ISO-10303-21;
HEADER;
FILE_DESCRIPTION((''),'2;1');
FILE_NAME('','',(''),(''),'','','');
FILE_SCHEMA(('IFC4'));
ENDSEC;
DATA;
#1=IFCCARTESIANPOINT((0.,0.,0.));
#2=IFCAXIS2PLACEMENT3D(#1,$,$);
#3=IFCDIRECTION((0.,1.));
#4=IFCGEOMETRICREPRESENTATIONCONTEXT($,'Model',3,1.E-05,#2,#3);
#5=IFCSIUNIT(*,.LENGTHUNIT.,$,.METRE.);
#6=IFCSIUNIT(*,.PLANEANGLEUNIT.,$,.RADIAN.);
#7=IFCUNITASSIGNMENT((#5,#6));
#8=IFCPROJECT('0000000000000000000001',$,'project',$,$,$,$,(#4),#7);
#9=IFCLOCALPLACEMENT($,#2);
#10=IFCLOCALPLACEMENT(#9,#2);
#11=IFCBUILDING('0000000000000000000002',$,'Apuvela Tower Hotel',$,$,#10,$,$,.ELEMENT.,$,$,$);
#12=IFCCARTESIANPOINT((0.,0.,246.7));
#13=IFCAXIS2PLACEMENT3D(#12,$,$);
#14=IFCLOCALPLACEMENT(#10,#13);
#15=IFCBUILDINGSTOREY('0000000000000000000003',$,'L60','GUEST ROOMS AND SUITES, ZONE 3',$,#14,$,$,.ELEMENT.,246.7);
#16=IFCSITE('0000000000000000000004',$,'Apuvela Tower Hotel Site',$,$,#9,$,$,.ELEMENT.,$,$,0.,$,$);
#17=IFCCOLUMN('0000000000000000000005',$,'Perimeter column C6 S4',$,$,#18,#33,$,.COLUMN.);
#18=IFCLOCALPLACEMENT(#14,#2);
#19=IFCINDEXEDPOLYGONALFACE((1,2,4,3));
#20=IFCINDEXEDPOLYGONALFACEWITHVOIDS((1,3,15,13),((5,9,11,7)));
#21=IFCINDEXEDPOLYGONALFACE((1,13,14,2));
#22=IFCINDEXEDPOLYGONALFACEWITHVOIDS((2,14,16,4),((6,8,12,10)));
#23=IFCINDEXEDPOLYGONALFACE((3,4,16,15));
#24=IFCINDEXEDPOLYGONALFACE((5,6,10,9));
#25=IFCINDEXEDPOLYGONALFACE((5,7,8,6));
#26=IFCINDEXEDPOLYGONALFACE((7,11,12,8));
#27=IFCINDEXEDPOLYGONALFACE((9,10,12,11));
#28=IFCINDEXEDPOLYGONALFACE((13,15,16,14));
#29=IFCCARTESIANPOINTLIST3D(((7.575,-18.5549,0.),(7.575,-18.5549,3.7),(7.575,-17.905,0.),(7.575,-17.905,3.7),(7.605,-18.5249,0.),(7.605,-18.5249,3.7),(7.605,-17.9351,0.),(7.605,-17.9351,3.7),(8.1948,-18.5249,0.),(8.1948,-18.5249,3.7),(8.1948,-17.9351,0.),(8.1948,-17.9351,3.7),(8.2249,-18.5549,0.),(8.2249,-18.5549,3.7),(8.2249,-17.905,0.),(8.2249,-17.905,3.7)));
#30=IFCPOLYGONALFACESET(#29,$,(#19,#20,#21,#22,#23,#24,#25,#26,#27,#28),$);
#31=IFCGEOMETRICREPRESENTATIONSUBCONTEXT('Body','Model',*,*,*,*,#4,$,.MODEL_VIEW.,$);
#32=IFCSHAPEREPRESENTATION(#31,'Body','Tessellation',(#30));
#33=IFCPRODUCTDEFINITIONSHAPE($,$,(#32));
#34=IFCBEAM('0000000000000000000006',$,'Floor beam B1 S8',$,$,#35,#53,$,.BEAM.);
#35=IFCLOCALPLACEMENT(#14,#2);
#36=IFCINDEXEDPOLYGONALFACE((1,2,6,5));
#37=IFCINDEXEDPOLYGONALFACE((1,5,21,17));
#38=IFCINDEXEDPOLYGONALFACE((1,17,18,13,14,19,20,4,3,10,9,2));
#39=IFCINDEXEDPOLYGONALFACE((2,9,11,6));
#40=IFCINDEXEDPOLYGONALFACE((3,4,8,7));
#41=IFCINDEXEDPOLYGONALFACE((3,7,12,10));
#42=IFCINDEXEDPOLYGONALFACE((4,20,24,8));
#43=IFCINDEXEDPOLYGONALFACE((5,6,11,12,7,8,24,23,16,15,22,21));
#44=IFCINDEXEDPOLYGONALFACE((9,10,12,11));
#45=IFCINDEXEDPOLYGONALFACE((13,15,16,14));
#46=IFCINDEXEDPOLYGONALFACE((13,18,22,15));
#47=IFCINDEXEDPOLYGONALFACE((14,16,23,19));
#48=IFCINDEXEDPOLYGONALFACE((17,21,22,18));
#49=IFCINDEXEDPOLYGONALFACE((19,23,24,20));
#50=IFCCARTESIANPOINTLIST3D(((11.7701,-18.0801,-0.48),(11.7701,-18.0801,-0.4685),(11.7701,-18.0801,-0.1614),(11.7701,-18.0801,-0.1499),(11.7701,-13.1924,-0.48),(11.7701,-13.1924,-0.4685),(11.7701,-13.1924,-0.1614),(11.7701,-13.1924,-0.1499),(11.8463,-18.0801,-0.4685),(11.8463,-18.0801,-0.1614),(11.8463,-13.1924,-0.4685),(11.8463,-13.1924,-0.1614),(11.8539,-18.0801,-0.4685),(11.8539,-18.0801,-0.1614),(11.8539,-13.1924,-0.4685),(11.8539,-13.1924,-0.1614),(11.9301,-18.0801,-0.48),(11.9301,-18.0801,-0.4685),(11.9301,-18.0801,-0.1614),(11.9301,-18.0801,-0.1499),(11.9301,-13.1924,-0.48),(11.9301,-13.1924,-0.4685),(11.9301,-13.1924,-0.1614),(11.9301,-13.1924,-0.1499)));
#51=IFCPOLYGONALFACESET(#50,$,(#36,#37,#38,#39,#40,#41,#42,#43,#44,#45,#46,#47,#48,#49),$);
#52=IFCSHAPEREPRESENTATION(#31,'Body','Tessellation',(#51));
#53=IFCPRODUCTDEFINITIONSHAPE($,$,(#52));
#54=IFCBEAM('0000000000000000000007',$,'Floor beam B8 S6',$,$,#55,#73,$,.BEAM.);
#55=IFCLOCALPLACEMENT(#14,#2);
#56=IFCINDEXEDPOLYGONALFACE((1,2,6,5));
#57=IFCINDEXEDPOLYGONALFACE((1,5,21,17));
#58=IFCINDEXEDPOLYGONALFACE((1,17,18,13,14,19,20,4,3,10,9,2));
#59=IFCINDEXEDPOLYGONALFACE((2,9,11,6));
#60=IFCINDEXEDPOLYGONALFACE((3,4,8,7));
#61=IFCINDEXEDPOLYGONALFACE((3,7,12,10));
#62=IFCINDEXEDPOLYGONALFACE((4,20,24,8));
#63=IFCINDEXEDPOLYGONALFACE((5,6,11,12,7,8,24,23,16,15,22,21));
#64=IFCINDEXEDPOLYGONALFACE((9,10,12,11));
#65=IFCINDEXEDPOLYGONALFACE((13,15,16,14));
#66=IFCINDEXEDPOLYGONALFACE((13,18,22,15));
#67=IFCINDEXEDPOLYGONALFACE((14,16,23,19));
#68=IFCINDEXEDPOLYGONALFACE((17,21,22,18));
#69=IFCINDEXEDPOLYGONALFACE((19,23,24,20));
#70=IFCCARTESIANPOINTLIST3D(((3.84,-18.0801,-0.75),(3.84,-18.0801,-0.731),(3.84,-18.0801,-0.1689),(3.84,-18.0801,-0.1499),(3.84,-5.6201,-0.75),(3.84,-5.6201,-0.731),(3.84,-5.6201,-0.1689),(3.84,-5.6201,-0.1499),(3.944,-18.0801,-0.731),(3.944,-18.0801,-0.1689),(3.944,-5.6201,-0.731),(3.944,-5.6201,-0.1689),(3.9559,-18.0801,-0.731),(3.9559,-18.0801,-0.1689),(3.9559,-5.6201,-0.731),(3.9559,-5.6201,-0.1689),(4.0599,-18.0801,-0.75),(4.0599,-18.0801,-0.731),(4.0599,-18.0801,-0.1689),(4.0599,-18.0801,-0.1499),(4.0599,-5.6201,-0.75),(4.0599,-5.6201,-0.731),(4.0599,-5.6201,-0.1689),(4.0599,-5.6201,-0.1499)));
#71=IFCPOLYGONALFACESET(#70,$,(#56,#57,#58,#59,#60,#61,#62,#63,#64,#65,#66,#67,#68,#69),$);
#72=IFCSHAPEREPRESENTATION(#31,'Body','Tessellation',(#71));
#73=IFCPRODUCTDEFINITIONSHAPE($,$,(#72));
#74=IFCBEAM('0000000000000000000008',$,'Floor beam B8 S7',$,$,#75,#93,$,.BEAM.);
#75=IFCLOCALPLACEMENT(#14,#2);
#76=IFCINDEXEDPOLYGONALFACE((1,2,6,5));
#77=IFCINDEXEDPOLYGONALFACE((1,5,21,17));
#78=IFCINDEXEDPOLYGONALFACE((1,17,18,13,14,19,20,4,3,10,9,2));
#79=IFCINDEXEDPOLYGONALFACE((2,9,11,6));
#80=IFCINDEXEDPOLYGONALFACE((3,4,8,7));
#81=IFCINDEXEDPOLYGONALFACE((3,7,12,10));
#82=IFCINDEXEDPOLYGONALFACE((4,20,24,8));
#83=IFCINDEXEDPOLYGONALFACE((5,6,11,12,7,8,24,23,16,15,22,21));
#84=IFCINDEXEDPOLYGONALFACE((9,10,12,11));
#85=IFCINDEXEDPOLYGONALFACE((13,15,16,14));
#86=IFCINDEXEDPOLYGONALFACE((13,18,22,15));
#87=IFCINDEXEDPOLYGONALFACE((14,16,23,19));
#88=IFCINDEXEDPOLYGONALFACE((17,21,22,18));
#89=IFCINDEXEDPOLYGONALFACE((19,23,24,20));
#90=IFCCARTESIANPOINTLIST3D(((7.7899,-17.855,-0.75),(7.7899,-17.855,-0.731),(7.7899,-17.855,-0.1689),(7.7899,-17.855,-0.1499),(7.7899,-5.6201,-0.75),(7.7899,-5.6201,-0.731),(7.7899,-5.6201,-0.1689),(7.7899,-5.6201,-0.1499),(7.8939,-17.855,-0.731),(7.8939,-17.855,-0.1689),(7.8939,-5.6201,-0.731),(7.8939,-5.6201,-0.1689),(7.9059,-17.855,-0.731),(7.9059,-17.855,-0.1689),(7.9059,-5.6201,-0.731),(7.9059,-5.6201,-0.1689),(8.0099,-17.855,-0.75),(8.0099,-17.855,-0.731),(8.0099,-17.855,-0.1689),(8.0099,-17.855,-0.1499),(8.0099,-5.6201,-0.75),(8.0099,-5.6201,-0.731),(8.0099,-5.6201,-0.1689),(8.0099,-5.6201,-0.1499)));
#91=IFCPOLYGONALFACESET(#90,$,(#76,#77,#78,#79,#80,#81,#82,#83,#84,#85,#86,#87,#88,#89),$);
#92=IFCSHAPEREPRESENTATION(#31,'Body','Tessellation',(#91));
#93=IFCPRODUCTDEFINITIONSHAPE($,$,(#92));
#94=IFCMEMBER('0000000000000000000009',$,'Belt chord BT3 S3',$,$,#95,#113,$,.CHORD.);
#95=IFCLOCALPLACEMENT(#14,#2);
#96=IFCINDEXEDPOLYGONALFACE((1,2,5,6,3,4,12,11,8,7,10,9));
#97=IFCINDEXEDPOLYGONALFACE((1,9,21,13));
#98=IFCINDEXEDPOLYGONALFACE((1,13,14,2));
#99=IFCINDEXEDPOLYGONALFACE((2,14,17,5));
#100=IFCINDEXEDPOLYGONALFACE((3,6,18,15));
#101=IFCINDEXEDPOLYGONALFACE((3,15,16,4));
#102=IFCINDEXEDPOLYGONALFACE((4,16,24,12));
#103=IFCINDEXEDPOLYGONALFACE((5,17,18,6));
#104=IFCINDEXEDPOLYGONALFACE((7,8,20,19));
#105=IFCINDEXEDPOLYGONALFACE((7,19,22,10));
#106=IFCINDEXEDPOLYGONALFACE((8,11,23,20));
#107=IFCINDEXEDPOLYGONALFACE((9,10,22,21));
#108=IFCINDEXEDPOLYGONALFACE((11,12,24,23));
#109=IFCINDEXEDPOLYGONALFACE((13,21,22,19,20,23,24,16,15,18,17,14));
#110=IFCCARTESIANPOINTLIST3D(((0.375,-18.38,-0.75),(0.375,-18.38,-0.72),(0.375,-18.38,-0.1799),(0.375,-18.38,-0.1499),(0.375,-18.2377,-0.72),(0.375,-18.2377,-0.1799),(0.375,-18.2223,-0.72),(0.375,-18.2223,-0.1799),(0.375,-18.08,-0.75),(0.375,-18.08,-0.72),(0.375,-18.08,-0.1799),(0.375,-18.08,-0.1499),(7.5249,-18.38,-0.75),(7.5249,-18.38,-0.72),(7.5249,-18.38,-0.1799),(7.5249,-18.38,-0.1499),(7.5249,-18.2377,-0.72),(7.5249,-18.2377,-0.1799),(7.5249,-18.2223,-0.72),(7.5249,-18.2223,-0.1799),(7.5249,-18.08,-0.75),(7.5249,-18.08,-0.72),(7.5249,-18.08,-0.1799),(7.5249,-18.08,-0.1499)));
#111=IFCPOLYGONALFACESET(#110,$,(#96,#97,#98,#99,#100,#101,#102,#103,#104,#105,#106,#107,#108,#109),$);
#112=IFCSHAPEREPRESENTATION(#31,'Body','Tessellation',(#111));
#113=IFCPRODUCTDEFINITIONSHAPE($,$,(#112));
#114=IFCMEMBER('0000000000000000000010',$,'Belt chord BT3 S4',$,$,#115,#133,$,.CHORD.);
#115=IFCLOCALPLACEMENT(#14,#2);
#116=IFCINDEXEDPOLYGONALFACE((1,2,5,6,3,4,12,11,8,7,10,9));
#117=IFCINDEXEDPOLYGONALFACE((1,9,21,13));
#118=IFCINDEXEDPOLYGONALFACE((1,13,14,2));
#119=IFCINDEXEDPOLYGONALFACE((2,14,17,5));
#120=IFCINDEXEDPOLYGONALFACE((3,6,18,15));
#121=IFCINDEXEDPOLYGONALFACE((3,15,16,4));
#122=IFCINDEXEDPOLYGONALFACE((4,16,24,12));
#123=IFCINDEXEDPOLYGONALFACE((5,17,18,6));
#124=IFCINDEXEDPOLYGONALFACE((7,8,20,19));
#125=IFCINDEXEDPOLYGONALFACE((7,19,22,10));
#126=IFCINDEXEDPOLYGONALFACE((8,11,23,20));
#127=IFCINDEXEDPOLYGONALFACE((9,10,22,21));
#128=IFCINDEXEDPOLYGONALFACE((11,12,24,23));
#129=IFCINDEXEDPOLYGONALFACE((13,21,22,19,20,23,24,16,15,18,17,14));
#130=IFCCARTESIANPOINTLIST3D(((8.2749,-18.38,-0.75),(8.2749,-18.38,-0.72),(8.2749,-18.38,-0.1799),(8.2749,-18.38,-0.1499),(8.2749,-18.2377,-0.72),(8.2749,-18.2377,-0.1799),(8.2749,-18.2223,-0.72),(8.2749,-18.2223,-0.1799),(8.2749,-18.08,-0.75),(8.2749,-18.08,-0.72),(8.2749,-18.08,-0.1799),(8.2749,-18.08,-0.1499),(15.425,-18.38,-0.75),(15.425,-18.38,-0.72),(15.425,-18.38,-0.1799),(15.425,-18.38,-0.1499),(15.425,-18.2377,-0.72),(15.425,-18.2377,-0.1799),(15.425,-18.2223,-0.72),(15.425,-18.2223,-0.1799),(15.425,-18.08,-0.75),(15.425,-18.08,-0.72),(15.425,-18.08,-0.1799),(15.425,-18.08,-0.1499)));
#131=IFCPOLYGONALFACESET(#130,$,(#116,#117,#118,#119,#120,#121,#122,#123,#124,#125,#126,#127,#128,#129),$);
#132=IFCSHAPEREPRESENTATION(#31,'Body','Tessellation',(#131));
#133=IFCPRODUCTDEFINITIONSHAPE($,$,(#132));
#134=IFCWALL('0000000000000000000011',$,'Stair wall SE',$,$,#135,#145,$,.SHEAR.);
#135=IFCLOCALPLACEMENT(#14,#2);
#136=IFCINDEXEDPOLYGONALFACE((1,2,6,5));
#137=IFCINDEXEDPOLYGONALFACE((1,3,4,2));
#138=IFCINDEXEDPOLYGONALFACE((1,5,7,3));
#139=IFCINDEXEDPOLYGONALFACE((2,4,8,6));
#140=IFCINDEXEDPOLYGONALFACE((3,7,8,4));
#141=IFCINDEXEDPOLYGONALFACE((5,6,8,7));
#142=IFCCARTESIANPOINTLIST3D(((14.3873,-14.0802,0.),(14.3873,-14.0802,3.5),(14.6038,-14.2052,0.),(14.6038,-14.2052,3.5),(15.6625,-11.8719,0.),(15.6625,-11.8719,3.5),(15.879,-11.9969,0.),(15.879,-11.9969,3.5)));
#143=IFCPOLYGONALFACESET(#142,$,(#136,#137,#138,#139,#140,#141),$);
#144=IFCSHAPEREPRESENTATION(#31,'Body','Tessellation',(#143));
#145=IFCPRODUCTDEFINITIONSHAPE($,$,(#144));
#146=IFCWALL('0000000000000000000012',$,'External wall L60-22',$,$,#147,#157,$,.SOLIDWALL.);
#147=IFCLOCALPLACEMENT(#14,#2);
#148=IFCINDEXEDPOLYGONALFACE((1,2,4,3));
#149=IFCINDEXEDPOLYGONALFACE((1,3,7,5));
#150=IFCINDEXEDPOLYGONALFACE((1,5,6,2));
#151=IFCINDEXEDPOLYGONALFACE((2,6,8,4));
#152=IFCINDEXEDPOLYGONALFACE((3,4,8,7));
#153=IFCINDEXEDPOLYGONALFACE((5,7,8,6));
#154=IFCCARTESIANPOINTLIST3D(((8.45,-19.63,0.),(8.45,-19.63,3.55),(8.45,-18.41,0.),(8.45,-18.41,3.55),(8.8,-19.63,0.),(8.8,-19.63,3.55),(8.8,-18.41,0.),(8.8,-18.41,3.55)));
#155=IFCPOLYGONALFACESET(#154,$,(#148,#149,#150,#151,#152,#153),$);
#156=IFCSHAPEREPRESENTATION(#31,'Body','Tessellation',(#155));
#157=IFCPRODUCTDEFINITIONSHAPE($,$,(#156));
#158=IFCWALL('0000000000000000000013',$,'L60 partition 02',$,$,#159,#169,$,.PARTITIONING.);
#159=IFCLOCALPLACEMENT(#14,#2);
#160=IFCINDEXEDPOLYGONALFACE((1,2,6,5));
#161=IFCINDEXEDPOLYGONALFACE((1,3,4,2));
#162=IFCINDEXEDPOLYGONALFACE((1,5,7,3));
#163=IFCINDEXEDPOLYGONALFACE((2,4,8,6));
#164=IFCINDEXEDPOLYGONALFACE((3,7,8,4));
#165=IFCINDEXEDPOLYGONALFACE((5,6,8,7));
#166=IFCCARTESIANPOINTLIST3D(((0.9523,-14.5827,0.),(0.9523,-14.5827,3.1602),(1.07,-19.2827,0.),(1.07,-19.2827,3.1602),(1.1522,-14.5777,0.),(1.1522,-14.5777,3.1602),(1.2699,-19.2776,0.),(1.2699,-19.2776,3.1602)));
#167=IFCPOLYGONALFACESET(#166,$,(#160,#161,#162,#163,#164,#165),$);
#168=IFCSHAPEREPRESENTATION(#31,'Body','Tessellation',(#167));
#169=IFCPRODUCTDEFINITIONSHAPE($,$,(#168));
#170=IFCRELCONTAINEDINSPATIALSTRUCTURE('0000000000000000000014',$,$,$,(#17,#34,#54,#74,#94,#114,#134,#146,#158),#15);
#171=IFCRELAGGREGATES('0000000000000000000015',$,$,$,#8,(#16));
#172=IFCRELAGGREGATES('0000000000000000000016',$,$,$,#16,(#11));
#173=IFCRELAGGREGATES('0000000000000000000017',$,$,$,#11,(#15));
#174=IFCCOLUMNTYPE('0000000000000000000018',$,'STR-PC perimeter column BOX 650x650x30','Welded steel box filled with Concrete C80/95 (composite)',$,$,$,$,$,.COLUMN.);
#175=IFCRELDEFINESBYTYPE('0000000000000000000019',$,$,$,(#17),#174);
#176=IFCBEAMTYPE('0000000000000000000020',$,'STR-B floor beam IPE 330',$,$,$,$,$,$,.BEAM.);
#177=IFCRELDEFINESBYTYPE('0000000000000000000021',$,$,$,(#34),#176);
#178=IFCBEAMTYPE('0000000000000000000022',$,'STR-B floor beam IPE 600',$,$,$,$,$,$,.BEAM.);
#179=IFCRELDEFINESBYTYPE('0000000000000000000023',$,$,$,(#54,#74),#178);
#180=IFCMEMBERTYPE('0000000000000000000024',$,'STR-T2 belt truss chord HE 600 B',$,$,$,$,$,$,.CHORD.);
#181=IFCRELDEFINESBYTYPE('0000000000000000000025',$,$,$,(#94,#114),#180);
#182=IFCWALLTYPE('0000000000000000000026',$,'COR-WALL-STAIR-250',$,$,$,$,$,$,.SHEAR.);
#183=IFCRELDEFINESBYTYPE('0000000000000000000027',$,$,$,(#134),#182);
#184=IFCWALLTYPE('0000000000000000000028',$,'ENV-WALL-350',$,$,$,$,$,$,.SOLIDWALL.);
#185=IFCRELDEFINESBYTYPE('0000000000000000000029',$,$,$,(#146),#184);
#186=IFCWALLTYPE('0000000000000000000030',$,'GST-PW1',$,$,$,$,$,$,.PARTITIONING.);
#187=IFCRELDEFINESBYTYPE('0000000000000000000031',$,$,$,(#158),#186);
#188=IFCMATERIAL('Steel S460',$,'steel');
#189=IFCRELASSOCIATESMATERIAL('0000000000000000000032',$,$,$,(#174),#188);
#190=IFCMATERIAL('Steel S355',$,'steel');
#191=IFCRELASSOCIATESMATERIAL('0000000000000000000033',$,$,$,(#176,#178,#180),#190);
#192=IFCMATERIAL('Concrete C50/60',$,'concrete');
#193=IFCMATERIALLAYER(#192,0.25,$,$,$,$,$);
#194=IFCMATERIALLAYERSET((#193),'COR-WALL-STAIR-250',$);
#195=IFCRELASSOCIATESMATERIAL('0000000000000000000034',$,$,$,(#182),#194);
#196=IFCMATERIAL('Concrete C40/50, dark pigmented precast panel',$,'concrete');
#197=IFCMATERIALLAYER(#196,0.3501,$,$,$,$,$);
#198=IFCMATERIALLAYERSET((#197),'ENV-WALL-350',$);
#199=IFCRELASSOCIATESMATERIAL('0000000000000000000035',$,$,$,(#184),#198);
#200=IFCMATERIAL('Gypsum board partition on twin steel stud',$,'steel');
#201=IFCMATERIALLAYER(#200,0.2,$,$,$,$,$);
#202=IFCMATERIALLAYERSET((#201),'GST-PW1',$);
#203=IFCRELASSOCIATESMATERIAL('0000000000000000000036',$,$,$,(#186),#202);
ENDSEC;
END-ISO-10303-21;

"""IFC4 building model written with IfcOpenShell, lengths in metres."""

from ifc_helpers import new_model, si_unit, direction, frame, frame_2d, origin, origin_2d, place, context, subcontext, project, spatial, rectangle, hollow_rectangle, i_section, extrude, material, layer, layer_set, material_profile, profile_set, type_object, element, save


model = new_model("IFC4")

# Units and contexts
model_context = context("Model", 3, precision=1e-05, world=origin(), true_north=direction((0.0, 1.0)))
body_context = subcontext(model_context, "Body", "Model", "MODEL_VIEW")
ifc_project = project(units=[si_unit("LENGTHUNIT", "METRE"), si_unit("PLANEANGLEUNIT", "RADIAN")], contexts=[model_context])

# Site, building, storey
site_placement = place(None, origin())
site = spatial("IfcSite", under=ifc_project, at=site_placement, Name="Apuvela Tower Hotel Site", CompositionType="ELEMENT", RefElevation=0.0)
building_placement = place(site_placement, origin())
building = spatial("IfcBuilding", under=site, at=building_placement, Name="Apuvela Tower Hotel", CompositionType="ELEMENT")
storey_placement = place(building_placement, frame((0.0, 0.0, 246.7)))
storey = spatial("IfcBuildingStorey", under=building, at=storey_placement, Name="L60", Description="GUEST ROOMS AND SUITES, ZONE 3", CompositionType="ELEMENT", Elevation=246.7)

# Column
ifc_material_1 = material(Name="Steel S460", Category="steel")
ifc_material_profile_1 = material_profile(ifc_material_1, hollow_rectangle(XDim=0.6499, YDim=0.6499, WallThickness=0.03, at=origin_2d()), Name="BOX 650x650x30")
ifc_material_2 = material(Name="Concrete C80/95", Category="concrete")
ifc_material_profile_2 = material_profile(ifc_material_2, rectangle(XDim=0.5901, YDim=0.5901, at=origin_2d()), Name="Concrete C80/95 infill")
ifc_profile_set_1 = profile_set([ifc_material_profile_1, ifc_material_profile_2], Name="Steel S460")
column_type = type_object("IfcColumnType", Name="STR-PC perimeter column BOX 650x650x30", Description="Welded steel box filled with Concrete C80/95 (composite)", PredefinedType="COLUMN", material=ifc_profile_set_1)
column_placement = place(storey_placement, frame((7.8999, -18.23, 0.0), z_axis=(0.0, 0.0, 1.0), x_axis=(-1.0, 0.0, 0.0)))
element("IfcColumn", 1, at=column_placement, inside=storey, type_object=column_type, Name="Perimeter column C6 S4", PredefinedType="COLUMN", context=body_context, shape_type="SweptSolid", body=[
    extrude(hollow_rectangle(XDim=0.6499, YDim=0.6499, WallThickness=0.03, at=origin_2d()), origin(), (0.0, 0.0, 1.0), 3.7),
])

# Beams
ifc_material_3 = material(Name="Steel S355", Category="steel")
ifc_material_profile_3 = material_profile(ifc_material_3, i_section(OverallWidth=0.1599, OverallDepth=0.3301, WebThickness=0.0076, FlangeThickness=0.0115, at=origin_2d()), Name="IPE 330")
ifc_profile_set_2 = profile_set([ifc_material_profile_3], Name="Steel S355")
beam_type_1 = type_object("IfcBeamType", Name="STR-B floor beam IPE 330", PredefinedType="BEAM", material=ifc_profile_set_2)
beam_1_placement = place(storey_placement, frame((11.8501, -18.0801, -0.3149), z_axis=(0.0, 1.0, 0.0), x_axis=(-1.0, 0.0, 0.0)))
element("IfcBeam", 2, at=beam_1_placement, inside=storey, type_object=beam_type_1, Name="Floor beam B1 S8", PredefinedType="BEAM", context=body_context, shape_type="SweptSolid", body=[
    extrude(i_section(OverallWidth=0.1599, OverallDepth=0.3301, WebThickness=0.0076, FlangeThickness=0.0115, at=origin_2d()), origin(), (0.0, 0.0, 1.0), 4.8877),
])
ifc_material_profile_4 = material_profile(ifc_material_3, i_section(OverallWidth=0.22, OverallDepth=0.6001, WebThickness=0.012, FlangeThickness=0.019, at=origin_2d()), Name="IPE 600")
ifc_profile_set_3 = profile_set([ifc_material_profile_4], Name="Steel S355")
beam_type_2 = type_object("IfcBeamType", Name="STR-B floor beam IPE 600", PredefinedType="BEAM", material=ifc_profile_set_3)
beam_2_placement = place(storey_placement, frame((3.95, -18.0801, -0.45), z_axis=(0.0, 1.0, 0.0), x_axis=(-1.0, 0.0, 0.0)))
element("IfcBeam", 3, at=beam_2_placement, inside=storey, type_object=beam_type_2, Name="Floor beam B8 S6", PredefinedType="BEAM", context=body_context, shape_type="SweptSolid", body=[
    extrude(i_section(OverallWidth=0.22, OverallDepth=0.6001, WebThickness=0.012, FlangeThickness=0.019, at=origin_2d()), origin(), (0.0, 0.0, 1.0), 12.46),
])
beam_3_placement = place(storey_placement, frame((7.8999, -17.855, -0.45), z_axis=(0.0, 1.0, 0.0), x_axis=(-1.0, 0.0, 0.0)))
element("IfcBeam", 4, at=beam_3_placement, inside=storey, type_object=beam_type_2, Name="Floor beam B8 S7", PredefinedType="BEAM", context=body_context, shape_type="SweptSolid", body=[
    extrude(i_section(OverallWidth=0.22, OverallDepth=0.6001, WebThickness=0.012, FlangeThickness=0.019, at=origin_2d()), origin(), (0.0, 0.0, 1.0), 12.2349),
])

# Members
ifc_material_profile_5 = material_profile(ifc_material_3, i_section(OverallWidth=0.3, OverallDepth=0.6001, WebThickness=0.0154, FlangeThickness=0.03, at=origin_2d()), Name="HE 600 B")
ifc_profile_set_4 = profile_set([ifc_material_profile_5], Name="Steel S355")
member_type = type_object("IfcMemberType", Name="STR-T2 belt truss chord HE 600 B", PredefinedType="CHORD", material=ifc_profile_set_4)
member_1_placement = place(storey_placement, frame((0.375, -18.23, -0.45), z_axis=(1.0, 0.0, 0.0), x_axis=(0.0, 1.0, 0.0)))
element("IfcMember", 5, at=member_1_placement, inside=storey, type_object=member_type, Name="Belt chord BT3 S3", PredefinedType="CHORD", context=body_context, shape_type="SweptSolid", body=[
    extrude(i_section(OverallWidth=0.3, OverallDepth=0.6001, WebThickness=0.0154, FlangeThickness=0.03, at=origin_2d()), origin(), (0.0, 0.0, 1.0), 7.1499),
])
member_2_placement = place(storey_placement, frame((8.2749, -18.23, -0.45), z_axis=(1.0, 0.0, 0.0), x_axis=(0.0, 1.0, 0.0)))
element("IfcMember", 6, at=member_2_placement, inside=storey, type_object=member_type, Name="Belt chord BT3 S4", PredefinedType="CHORD", context=body_context, shape_type="SweptSolid", body=[
    extrude(i_section(OverallWidth=0.3, OverallDepth=0.6001, WebThickness=0.0154, FlangeThickness=0.03, at=origin_2d()), origin(), (0.0, 0.0, 1.0), 7.1501),
])

# Walls
ifc_material_4 = material(Name="Concrete C50/60", Category="concrete")
ifc_layer_1 = layer(ifc_material_4, 0.25)
ifc_layer_set_1 = layer_set([ifc_layer_1], Name="COR-WALL-STAIR-250")
wall_type_1 = type_object("IfcWallType", Name="COR-WALL-STAIR-250", PredefinedType="SHEAR", material=ifc_layer_set_1)
wall_1_placement = place(storey_placement, frame((14.4956, -14.1426, 0.0), z_axis=(0.0, 0.0, 1.0), x_axis=(0.500062, 0.865989, 0.0)))
element("IfcWall", 7, at=wall_1_placement, inside=storey, type_object=wall_type_1, Name="Stair wall SE", PredefinedType="SHEAR", context=body_context, shape_type="SweptSolid", body=[
    extrude(rectangle(XDim=2.55, YDim=0.25, at=frame_2d((1.2749, 0.0))), origin(), (0.0, 0.0, 1.0), 3.5),
])
ifc_material_5 = material(Name="Concrete C40/50, dark pigmented precast panel", Category="concrete")
ifc_layer_2 = layer(ifc_material_5, 0.3501)
ifc_layer_set_2 = layer_set([ifc_layer_2], Name="ENV-WALL-350")
wall_type_2 = type_object("IfcWallType", Name="ENV-WALL-350", PredefinedType="SOLIDWALL", material=ifc_layer_set_2)
wall_2_placement = place(storey_placement, frame((8.625, -19.6299, 0.0), z_axis=(0.0, 0.0, 1.0), x_axis=(0.0, 1.0, 0.0)))
element("IfcWall", 8, at=wall_2_placement, inside=storey, type_object=wall_type_2, Name="External wall L60-22", PredefinedType="SOLIDWALL", context=body_context, shape_type="SweptSolid", body=[
    extrude(rectangle(XDim=1.22, YDim=0.3501, at=frame_2d((0.6099, 0.0))), origin(), (0.0, 0.0, 1.0), 3.55),
])

# Wall
ifc_material_6 = material(Name="Gypsum board partition on twin steel stud", Category="steel")
ifc_layer_3 = layer(ifc_material_6, 0.2)
ifc_layer_set_3 = layer_set([ifc_layer_3], Name="GST-PW1")
wall_type_3 = type_object("IfcWallType", Name="GST-PW1", PredefinedType="PARTITIONING", material=ifc_layer_set_3)
wall_3_placement = place(storey_placement, frame((1.1699, -19.28, 0.0), z_axis=(0.0, 0.0, 1.0), x_axis=(-0.02503, 0.999687, 0.0)))
element("IfcWall", 9, at=wall_3_placement, inside=storey, type_object=wall_type_3, Name="L60 partition 02", PredefinedType="PARTITIONING", context=body_context, shape_type="SweptSolid", body=[
    extrude(rectangle(XDim=4.7014, YDim=0.2, at=frame_2d((2.3506, 0.0))), origin(), (0.0, 0.0, 1.0), 3.1602),
])

save(model, "model.ifc")
